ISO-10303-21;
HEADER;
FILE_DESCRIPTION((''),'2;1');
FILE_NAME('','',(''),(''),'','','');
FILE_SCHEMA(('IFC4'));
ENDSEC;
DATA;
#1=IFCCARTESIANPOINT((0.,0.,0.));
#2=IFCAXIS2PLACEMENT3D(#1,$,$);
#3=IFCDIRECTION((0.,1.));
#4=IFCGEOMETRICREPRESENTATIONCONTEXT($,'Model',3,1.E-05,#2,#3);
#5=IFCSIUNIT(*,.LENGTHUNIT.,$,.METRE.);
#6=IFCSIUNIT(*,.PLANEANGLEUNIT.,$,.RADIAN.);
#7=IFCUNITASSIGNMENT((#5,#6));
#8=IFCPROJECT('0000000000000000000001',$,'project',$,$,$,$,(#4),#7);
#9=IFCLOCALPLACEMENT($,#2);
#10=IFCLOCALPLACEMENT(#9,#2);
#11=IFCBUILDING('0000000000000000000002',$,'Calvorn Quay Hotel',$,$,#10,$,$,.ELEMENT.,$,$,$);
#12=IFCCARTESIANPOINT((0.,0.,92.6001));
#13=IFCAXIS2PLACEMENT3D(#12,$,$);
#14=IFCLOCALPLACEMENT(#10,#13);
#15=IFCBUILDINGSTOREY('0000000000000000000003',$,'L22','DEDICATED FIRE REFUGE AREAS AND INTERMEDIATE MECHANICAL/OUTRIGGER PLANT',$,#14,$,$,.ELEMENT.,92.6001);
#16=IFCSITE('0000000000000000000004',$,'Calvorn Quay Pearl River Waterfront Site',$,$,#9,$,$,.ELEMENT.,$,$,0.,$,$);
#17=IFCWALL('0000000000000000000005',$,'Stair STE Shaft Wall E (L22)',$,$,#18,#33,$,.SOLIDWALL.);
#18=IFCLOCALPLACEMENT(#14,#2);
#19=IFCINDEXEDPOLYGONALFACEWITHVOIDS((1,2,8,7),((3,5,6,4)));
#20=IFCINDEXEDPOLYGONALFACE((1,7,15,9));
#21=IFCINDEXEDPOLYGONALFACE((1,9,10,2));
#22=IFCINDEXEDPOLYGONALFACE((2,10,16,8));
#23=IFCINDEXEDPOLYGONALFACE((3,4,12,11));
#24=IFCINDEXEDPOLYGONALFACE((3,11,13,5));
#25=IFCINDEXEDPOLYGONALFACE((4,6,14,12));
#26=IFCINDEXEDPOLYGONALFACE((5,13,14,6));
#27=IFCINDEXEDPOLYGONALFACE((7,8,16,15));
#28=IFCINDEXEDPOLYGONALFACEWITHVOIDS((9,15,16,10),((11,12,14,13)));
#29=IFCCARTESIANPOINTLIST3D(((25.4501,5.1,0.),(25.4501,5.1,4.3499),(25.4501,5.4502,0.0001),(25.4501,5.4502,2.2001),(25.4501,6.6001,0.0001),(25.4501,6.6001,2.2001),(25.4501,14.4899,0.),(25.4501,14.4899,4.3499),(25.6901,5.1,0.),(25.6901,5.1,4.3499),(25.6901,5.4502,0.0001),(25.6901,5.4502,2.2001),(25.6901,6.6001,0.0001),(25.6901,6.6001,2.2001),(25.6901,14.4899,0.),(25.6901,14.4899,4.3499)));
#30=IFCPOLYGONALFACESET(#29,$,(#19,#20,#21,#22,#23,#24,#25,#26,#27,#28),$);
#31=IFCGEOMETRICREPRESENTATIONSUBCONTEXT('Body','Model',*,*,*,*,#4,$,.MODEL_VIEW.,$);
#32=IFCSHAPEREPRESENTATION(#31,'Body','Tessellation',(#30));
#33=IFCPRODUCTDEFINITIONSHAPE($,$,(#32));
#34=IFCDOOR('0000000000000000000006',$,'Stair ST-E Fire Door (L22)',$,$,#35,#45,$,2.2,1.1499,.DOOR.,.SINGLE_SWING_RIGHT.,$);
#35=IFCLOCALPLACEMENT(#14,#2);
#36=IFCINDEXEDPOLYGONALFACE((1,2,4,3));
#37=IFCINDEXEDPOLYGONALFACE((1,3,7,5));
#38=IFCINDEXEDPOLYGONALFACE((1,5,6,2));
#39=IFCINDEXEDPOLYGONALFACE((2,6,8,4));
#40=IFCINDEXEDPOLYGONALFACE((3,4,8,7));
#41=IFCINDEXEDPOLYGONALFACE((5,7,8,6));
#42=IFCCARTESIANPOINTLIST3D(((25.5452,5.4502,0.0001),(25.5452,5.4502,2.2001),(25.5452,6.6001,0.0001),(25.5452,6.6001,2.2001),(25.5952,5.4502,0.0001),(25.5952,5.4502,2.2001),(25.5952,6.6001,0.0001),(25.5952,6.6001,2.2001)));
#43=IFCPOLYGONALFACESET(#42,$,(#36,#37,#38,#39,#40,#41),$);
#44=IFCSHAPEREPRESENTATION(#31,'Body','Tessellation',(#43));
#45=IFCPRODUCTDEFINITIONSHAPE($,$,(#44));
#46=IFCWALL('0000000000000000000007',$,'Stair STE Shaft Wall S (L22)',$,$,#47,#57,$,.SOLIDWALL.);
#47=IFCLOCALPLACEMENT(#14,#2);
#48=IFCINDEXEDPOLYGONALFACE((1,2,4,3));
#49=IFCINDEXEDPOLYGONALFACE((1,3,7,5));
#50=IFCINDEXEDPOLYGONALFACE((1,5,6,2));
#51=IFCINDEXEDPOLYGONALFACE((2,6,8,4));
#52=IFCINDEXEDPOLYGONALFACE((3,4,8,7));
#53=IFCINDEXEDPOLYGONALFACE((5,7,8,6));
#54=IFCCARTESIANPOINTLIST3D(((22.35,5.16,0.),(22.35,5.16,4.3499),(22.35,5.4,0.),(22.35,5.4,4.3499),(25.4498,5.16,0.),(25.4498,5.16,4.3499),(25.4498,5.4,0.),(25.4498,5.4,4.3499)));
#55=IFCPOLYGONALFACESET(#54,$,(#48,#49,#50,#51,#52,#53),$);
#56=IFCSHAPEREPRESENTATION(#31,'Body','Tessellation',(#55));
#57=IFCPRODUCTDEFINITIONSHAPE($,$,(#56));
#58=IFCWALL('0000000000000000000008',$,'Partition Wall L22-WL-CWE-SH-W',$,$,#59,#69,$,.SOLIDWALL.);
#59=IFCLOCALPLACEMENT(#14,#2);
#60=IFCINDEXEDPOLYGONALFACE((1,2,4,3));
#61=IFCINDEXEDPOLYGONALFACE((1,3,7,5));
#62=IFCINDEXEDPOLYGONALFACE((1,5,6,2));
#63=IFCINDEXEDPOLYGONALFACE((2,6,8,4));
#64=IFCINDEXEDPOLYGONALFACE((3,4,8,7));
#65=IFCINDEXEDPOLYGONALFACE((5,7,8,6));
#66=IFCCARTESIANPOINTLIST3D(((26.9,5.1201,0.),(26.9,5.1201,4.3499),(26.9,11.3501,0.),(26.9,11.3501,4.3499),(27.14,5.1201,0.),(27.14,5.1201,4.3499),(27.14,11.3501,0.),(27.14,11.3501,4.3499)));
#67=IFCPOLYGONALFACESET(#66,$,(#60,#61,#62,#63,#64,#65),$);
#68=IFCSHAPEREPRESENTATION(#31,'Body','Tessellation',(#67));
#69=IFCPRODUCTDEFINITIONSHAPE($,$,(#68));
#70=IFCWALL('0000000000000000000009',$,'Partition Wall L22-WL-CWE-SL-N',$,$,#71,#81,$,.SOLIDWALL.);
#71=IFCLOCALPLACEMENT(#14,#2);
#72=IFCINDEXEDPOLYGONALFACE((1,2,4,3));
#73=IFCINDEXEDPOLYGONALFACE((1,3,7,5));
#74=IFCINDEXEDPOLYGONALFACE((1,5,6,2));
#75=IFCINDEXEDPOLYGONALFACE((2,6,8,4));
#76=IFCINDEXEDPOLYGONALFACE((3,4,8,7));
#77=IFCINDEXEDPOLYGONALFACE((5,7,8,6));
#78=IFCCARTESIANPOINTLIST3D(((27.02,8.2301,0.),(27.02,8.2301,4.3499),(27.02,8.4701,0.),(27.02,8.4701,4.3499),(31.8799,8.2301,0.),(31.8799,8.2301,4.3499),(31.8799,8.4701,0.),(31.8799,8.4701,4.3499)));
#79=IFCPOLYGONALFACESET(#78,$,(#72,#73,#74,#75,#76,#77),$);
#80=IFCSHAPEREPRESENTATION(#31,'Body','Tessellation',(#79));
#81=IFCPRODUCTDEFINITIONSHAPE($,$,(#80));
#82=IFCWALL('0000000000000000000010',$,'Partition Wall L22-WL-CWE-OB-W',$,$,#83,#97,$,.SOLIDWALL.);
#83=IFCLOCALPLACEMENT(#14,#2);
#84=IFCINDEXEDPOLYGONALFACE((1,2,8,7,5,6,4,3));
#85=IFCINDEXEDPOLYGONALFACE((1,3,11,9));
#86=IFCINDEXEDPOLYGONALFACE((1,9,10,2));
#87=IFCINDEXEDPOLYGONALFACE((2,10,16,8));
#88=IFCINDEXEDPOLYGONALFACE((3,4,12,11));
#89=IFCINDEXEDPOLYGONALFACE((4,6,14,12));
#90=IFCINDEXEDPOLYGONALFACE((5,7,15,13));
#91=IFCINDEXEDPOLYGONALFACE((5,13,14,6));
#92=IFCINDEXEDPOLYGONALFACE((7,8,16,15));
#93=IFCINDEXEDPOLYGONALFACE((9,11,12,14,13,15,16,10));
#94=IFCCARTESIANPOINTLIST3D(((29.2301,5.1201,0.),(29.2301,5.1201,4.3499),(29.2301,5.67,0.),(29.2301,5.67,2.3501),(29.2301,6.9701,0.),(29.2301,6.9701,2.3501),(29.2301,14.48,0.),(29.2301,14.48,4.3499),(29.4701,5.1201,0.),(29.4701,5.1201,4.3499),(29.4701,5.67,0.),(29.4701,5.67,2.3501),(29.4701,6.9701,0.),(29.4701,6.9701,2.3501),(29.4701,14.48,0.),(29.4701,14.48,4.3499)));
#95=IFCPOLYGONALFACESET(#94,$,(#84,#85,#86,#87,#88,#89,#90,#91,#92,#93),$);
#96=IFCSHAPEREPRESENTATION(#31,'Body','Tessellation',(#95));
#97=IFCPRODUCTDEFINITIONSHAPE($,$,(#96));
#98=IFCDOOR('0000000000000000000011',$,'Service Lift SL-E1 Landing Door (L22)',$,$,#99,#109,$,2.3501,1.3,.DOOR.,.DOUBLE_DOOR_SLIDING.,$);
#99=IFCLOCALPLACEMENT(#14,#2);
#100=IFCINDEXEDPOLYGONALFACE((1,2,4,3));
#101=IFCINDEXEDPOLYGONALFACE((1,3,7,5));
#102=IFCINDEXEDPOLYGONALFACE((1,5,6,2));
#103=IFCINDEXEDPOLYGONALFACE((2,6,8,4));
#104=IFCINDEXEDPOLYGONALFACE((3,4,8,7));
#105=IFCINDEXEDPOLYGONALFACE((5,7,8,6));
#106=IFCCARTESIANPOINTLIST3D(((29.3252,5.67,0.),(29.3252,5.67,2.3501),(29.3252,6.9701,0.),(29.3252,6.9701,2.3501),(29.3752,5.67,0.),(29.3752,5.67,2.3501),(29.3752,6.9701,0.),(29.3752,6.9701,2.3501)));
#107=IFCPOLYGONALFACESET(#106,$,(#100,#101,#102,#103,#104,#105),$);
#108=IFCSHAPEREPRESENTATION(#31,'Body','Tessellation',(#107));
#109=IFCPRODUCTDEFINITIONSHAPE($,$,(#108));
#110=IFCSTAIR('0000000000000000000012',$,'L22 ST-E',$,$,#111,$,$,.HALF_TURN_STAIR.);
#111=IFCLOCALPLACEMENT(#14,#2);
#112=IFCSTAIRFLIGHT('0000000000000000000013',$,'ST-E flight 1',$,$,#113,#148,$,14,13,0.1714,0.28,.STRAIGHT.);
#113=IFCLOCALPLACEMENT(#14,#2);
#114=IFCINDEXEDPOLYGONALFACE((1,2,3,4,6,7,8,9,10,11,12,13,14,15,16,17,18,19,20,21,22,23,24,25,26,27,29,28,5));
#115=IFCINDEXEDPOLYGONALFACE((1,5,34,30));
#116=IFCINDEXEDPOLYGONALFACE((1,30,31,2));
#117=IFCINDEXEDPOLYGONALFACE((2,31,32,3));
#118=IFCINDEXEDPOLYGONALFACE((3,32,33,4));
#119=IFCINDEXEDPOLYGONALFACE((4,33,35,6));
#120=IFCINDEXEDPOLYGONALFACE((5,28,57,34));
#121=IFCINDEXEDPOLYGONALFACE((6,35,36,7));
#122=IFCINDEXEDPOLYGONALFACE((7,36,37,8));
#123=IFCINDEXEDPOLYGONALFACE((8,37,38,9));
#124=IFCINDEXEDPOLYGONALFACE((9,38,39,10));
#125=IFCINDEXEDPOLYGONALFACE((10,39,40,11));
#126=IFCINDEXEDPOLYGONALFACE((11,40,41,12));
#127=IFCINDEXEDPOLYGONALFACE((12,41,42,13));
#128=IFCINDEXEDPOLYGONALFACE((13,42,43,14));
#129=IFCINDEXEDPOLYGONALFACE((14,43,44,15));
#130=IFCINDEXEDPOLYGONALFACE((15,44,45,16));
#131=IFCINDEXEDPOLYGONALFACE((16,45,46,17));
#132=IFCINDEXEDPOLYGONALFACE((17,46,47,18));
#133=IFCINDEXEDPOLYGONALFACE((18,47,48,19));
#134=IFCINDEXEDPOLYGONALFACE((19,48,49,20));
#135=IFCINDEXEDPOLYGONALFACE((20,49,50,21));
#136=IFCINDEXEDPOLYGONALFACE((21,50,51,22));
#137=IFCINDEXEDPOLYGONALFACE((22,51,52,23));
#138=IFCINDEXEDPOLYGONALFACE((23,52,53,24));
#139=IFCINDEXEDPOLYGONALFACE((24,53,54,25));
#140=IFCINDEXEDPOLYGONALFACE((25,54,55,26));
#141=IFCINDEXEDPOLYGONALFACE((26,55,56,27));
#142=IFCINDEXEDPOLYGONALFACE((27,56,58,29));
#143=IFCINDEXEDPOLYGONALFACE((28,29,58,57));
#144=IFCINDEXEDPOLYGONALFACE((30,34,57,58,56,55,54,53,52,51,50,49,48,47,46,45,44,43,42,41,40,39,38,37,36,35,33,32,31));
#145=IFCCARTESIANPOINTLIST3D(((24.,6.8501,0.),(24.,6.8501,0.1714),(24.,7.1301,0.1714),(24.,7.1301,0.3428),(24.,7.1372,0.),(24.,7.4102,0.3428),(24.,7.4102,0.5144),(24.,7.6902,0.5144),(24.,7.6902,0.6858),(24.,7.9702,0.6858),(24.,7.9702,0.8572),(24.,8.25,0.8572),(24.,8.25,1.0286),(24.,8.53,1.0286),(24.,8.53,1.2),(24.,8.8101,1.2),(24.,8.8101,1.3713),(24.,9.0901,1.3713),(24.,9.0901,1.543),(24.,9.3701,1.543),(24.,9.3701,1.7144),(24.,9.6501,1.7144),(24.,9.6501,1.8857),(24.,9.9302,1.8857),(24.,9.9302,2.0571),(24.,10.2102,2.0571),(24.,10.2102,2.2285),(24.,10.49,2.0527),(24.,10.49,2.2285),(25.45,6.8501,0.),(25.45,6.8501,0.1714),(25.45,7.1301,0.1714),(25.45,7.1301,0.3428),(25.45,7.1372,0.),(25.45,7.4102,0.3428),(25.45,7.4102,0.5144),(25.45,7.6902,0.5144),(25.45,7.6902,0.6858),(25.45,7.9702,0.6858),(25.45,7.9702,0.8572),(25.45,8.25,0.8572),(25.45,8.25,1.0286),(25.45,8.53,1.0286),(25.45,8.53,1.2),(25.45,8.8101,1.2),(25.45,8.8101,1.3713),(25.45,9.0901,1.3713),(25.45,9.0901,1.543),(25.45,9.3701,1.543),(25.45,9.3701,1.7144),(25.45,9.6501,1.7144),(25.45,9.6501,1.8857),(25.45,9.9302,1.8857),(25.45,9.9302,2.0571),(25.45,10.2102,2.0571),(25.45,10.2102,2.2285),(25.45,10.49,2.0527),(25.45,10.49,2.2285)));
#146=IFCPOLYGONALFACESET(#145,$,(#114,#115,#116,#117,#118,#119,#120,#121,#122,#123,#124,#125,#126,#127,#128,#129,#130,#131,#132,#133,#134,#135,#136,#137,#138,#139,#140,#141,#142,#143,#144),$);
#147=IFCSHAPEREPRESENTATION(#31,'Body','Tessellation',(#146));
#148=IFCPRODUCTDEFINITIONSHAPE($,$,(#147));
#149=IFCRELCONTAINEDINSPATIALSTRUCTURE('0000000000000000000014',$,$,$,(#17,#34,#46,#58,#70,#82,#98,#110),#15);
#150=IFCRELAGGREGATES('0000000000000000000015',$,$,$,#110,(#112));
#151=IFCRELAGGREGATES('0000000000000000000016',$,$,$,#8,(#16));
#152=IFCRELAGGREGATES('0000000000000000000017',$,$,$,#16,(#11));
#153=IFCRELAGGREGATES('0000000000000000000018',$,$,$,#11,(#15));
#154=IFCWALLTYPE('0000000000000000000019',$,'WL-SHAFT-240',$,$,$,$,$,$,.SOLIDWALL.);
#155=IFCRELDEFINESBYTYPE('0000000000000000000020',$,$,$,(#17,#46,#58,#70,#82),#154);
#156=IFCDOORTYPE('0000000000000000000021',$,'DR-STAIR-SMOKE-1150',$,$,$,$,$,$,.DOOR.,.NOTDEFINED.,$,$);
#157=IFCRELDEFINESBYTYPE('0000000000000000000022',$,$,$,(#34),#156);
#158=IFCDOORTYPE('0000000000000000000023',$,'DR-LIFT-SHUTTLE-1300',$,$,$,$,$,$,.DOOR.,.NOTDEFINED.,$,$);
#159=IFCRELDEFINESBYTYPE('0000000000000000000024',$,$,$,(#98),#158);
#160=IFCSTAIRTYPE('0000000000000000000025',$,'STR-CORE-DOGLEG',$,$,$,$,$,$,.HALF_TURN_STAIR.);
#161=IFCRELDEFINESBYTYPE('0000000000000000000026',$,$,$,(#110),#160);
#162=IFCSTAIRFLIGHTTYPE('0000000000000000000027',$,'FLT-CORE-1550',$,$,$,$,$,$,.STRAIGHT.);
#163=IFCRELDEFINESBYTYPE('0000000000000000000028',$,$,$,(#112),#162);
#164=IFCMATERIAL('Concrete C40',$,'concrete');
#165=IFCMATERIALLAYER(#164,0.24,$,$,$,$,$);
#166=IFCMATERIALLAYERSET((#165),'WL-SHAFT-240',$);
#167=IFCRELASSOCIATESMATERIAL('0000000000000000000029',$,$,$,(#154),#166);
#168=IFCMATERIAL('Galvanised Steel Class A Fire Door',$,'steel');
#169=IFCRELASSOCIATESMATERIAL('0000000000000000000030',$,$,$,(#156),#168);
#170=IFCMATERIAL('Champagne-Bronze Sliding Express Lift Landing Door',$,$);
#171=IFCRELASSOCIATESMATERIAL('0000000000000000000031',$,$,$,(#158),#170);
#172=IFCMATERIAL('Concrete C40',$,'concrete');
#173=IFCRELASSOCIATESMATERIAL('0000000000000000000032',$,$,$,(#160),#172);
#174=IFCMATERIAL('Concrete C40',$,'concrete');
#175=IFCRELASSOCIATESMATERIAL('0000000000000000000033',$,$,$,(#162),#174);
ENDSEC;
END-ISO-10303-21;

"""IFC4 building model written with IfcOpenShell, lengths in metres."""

from ifc_helpers import new_model, si_unit, direction, frame, frame_2d, origin, place, context, subcontext, project, spatial, polyline, rectangle, outline, extrude, material, layer, layer_set, type_object, element, fill, aggregate, save


model = new_model("IFC4")

# Units and contexts
model_context = context("Model", 3, precision=1e-05, world=origin(), true_north=direction((0.0, 1.0)))
body_context = subcontext(model_context, "Body", "Model", "MODEL_VIEW")
ifc_project = project(units=[si_unit("LENGTHUNIT", "METRE"), si_unit("PLANEANGLEUNIT", "RADIAN")], contexts=[model_context])

# Site, building, storey
site_placement = place(None, origin())
site = spatial("IfcSite", under=ifc_project, at=site_placement, Name="Calvorn Quay Pearl River Waterfront Site", CompositionType="ELEMENT", RefElevation=0.0)
building_placement = place(site_placement, origin())
building = spatial("IfcBuilding", under=site, at=building_placement, Name="Calvorn Quay Hotel", CompositionType="ELEMENT")
storey_placement = place(building_placement, frame((0.0, 0.0, 92.6001)))
storey = spatial("IfcBuildingStorey", under=building, at=storey_placement, Name="L22", Description="DEDICATED FIRE REFUGE AREAS AND INTERMEDIATE MECHANICAL/OUTRIGGER PLANT", CompositionType="ELEMENT", Elevation=92.6001)

# Wall, opening, door
ifc_material_1 = material(Name="Concrete C40", Category="concrete")
ifc_layer_1 = layer(ifc_material_1, 0.24)
ifc_layer_set_1 = layer_set([ifc_layer_1], Name="WL-SHAFT-240")
wall_type_1 = type_object("IfcWallType", Name="WL-SHAFT-240", PredefinedType="SOLIDWALL", material=ifc_layer_set_1)
wall_1_placement = place(storey_placement, frame((25.5701, 5.1001, 0.0), z_axis=(0.0, 0.0, 1.0), x_axis=(0.0, 1.0, 0.0)))
wall_1 = element("IfcWall", 1, at=wall_1_placement, inside=storey, type_object=wall_type_1, Name="Stair STE Shaft Wall E (L22)", PredefinedType="SOLIDWALL", context=body_context, shape_type="SweptSolid", body=[
    extrude(rectangle(XDim=9.3899, YDim=0.24, at=frame_2d((4.6948, 0.0))), origin(), (0.0, 0.0, 1.0), 4.3499),
])
opening_1_placement = place(wall_1_placement, frame((0.3501, 0.0, 0.0)))
opening_1 = element("IfcOpeningElement", 2, at=opening_1_placement, cuts=wall_1, PredefinedType="OPENING", context=body_context, shape_type="SweptSolid", body=[
    extrude(rectangle(XDim=1.1499, YDim=2.2, at=frame_2d((0.575, 1.1001))), frame((0.0, 0.1299, 0.0), z_axis=(0.0, -1.0, 0.0), x_axis=(1.0, 0.0, 0.0)), (0.0, 0.0, 1.0), 0.26),
])
ifc_material_2 = material(Name="Galvanised Steel Class A Fire Door", Category="steel")
door_type_1 = type_object("IfcDoorType", Name="DR-STAIR-SMOKE-1150", OperationType="NOTDEFINED", PredefinedType="DOOR", material=ifc_material_2)
door_1_placement = place(opening_1_placement, origin())
door_1 = element("IfcDoor", 3, at=door_1_placement, inside=storey, type_object=door_type_1, Name="Stair ST-E Fire Door (L22)", OperationType="SINGLE_SWING_RIGHT", OverallHeight=2.2, OverallWidth=1.1499, PredefinedType="DOOR", context=body_context, shape_type="SweptSolid", body=[
    extrude(rectangle(XDim=1.1499, YDim=2.2, at=frame_2d((0.575, 1.1001))), frame((0.0, 0.0249, 0.0), z_axis=(0.0, -1.0, 0.0), x_axis=(1.0, 0.0, 0.0)), (0.0, 0.0, 1.0), 0.05),
])
fill(opening_1, door_1)

# Walls
wall_2_placement = place(storey_placement, frame((22.3501, 5.28, 0.0), z_axis=(0.0, 0.0, 1.0), x_axis=(1.0, 0.0, 0.0)))
element("IfcWall", 4, at=wall_2_placement, inside=storey, type_object=wall_type_1, Name="Stair STE Shaft Wall S (L22)", PredefinedType="SOLIDWALL", context=body_context, shape_type="SweptSolid", body=[
    extrude(rectangle(XDim=3.0999, YDim=0.24, at=frame_2d((1.5498, 0.0))), origin(), (0.0, 0.0, 1.0), 4.3499),
])
wall_3_placement = place(storey_placement, frame((27.02, 5.1201, 0.0), z_axis=(0.0, 0.0, 1.0), x_axis=(0.0, 1.0, 0.0)))
element("IfcWall", 5, at=wall_3_placement, inside=storey, type_object=wall_type_1, Name="Partition Wall L22-WL-CWE-SH-W", PredefinedType="SOLIDWALL", context=body_context, shape_type="SweptSolid", body=[
    extrude(rectangle(XDim=6.23, YDim=0.24, at=frame_2d((3.115, 0.0))), origin(), (0.0, 0.0, 1.0), 4.3499),
])
wall_4_placement = place(storey_placement, frame((27.02, 8.3501, 0.0), z_axis=(0.0, 0.0, 1.0), x_axis=(1.0, 0.0, 0.0)))
element("IfcWall", 6, at=wall_4_placement, inside=storey, type_object=wall_type_1, Name="Partition Wall L22-WL-CWE-SL-N", PredefinedType="SOLIDWALL", context=body_context, shape_type="SweptSolid", body=[
    extrude(rectangle(XDim=4.8599, YDim=0.24, at=frame_2d((2.4299, 0.0))), origin(), (0.0, 0.0, 1.0), 4.3499),
])

# Wall, opening, door
wall_5_placement = place(storey_placement, frame((29.3501, 5.1201, 0.0), z_axis=(0.0, 0.0, 1.0), x_axis=(0.0, 1.0, 0.0)))
wall_5 = element("IfcWall", 7, at=wall_5_placement, inside=storey, type_object=wall_type_1, Name="Partition Wall L22-WL-CWE-OB-W", PredefinedType="SOLIDWALL", context=body_context, shape_type="SweptSolid", body=[
    extrude(rectangle(XDim=9.3599, YDim=0.24, at=frame_2d((4.6799, 0.0))), origin(), (0.0, 0.0, 1.0), 4.3499),
])
opening_2_placement = place(wall_5_placement, frame((0.55, 0.0, 0.0)))
opening_2 = element("IfcOpeningElement", 8, at=opening_2_placement, cuts=wall_5, PredefinedType="OPENING", context=body_context, shape_type="SweptSolid", body=[
    extrude(rectangle(XDim=1.3, YDim=2.3501, at=frame_2d((0.6499, 1.175))), frame((0.0, 0.1299, 0.0), z_axis=(0.0, -1.0, 0.0), x_axis=(1.0, 0.0, 0.0)), (0.0, 0.0, 1.0), 0.26),
])
ifc_material_3 = material(Name="Champagne-Bronze Sliding Express Lift Landing Door")
door_type_2 = type_object("IfcDoorType", Name="DR-LIFT-SHUTTLE-1300", OperationType="NOTDEFINED", PredefinedType="DOOR", material=ifc_material_3)
door_2_placement = place(opening_2_placement, origin())
door_2 = element("IfcDoor", 9, at=door_2_placement, inside=storey, type_object=door_type_2, Name="Service Lift SL-E1 Landing Door (L22)", OperationType="DOUBLE_DOOR_SLIDING", OverallHeight=2.3501, OverallWidth=1.3, PredefinedType="DOOR", context=body_context, shape_type="SweptSolid", body=[
    extrude(rectangle(XDim=1.3, YDim=2.3501, at=frame_2d((0.6499, 1.175))), frame((0.0, 0.0249, 0.0), z_axis=(0.0, -1.0, 0.0), x_axis=(1.0, 0.0, 0.0)), (0.0, 0.0, 1.0), 0.05),
])
fill(opening_2, door_2)

# Stair, stair flight
ifc_material_4 = material(Name="Concrete C40", Category="concrete")
stair_type = type_object("IfcStairType", Name="STR-CORE-DOGLEG", PredefinedType="HALF_TURN_STAIR", material=ifc_material_4)
stair_placement = place(storey_placement, origin())
stair = element("IfcStair", 10, at=stair_placement, inside=storey, type_object=stair_type, Name="L22 ST-E", PredefinedType="HALF_TURN_STAIR")
ifc_material_5 = material(Name="Concrete C40", Category="concrete")
stair_flight_type = type_object("IfcStairFlightType", Name="FLT-CORE-1550", PredefinedType="STRAIGHT", material=ifc_material_5)
stair_flight_1_placement = place(storey_placement, frame((24.7251, 6.8501, 0.0), z_axis=(0.0, 0.0, 1.0), x_axis=(0.0, 1.0, 0.0)))
stair_flight_1 = element("IfcStairFlight", 11, at=stair_flight_1_placement, type_object=stair_flight_type, Name="ST-E flight 1", NumberOfRisers=14, NumberOfTreads=13, PredefinedType="STRAIGHT", RiserHeight=0.1714, TreadLength=0.28, context=body_context, shape_type="SweptSolid", body=[
    extrude(outline(polyline([(0.0, 0.0), (0.0, 0.1714), (0.28, 0.1714), (0.28, 0.3428), (0.5601, 0.3428), (0.5601, 0.5144), (0.8401, 0.5144), (0.8401, 0.6858), (1.1201, 0.6858), (1.1201, 0.8572), (1.3999, 0.8572), (1.3999, 1.0286), (1.6799, 1.0286), (1.6799, 1.2), (1.96, 1.2), (1.96, 1.3713), (2.24, 1.3713), (2.24, 1.543), (2.52, 1.543), (2.52, 1.7144), (2.8, 1.7144), (2.8, 1.8857), (3.0801, 1.8857), (3.0801, 2.0571), (3.3601, 2.0571), (3.3601, 2.2285), (3.6399, 2.2285), (3.6399, 2.3999), (3.6399, 2.0527), (0.2871, 0.0), (0.0, 0.0)])), frame((0.0, 0.7251, 0.0), z_axis=(0.0, -1.0, 0.0), x_axis=(1.0, 0.0, 0.0)), (0.0, 0.0, 1.0), 1.45),
])
aggregate(stair, [stair_flight_1])

save(model, "model.ifc")
